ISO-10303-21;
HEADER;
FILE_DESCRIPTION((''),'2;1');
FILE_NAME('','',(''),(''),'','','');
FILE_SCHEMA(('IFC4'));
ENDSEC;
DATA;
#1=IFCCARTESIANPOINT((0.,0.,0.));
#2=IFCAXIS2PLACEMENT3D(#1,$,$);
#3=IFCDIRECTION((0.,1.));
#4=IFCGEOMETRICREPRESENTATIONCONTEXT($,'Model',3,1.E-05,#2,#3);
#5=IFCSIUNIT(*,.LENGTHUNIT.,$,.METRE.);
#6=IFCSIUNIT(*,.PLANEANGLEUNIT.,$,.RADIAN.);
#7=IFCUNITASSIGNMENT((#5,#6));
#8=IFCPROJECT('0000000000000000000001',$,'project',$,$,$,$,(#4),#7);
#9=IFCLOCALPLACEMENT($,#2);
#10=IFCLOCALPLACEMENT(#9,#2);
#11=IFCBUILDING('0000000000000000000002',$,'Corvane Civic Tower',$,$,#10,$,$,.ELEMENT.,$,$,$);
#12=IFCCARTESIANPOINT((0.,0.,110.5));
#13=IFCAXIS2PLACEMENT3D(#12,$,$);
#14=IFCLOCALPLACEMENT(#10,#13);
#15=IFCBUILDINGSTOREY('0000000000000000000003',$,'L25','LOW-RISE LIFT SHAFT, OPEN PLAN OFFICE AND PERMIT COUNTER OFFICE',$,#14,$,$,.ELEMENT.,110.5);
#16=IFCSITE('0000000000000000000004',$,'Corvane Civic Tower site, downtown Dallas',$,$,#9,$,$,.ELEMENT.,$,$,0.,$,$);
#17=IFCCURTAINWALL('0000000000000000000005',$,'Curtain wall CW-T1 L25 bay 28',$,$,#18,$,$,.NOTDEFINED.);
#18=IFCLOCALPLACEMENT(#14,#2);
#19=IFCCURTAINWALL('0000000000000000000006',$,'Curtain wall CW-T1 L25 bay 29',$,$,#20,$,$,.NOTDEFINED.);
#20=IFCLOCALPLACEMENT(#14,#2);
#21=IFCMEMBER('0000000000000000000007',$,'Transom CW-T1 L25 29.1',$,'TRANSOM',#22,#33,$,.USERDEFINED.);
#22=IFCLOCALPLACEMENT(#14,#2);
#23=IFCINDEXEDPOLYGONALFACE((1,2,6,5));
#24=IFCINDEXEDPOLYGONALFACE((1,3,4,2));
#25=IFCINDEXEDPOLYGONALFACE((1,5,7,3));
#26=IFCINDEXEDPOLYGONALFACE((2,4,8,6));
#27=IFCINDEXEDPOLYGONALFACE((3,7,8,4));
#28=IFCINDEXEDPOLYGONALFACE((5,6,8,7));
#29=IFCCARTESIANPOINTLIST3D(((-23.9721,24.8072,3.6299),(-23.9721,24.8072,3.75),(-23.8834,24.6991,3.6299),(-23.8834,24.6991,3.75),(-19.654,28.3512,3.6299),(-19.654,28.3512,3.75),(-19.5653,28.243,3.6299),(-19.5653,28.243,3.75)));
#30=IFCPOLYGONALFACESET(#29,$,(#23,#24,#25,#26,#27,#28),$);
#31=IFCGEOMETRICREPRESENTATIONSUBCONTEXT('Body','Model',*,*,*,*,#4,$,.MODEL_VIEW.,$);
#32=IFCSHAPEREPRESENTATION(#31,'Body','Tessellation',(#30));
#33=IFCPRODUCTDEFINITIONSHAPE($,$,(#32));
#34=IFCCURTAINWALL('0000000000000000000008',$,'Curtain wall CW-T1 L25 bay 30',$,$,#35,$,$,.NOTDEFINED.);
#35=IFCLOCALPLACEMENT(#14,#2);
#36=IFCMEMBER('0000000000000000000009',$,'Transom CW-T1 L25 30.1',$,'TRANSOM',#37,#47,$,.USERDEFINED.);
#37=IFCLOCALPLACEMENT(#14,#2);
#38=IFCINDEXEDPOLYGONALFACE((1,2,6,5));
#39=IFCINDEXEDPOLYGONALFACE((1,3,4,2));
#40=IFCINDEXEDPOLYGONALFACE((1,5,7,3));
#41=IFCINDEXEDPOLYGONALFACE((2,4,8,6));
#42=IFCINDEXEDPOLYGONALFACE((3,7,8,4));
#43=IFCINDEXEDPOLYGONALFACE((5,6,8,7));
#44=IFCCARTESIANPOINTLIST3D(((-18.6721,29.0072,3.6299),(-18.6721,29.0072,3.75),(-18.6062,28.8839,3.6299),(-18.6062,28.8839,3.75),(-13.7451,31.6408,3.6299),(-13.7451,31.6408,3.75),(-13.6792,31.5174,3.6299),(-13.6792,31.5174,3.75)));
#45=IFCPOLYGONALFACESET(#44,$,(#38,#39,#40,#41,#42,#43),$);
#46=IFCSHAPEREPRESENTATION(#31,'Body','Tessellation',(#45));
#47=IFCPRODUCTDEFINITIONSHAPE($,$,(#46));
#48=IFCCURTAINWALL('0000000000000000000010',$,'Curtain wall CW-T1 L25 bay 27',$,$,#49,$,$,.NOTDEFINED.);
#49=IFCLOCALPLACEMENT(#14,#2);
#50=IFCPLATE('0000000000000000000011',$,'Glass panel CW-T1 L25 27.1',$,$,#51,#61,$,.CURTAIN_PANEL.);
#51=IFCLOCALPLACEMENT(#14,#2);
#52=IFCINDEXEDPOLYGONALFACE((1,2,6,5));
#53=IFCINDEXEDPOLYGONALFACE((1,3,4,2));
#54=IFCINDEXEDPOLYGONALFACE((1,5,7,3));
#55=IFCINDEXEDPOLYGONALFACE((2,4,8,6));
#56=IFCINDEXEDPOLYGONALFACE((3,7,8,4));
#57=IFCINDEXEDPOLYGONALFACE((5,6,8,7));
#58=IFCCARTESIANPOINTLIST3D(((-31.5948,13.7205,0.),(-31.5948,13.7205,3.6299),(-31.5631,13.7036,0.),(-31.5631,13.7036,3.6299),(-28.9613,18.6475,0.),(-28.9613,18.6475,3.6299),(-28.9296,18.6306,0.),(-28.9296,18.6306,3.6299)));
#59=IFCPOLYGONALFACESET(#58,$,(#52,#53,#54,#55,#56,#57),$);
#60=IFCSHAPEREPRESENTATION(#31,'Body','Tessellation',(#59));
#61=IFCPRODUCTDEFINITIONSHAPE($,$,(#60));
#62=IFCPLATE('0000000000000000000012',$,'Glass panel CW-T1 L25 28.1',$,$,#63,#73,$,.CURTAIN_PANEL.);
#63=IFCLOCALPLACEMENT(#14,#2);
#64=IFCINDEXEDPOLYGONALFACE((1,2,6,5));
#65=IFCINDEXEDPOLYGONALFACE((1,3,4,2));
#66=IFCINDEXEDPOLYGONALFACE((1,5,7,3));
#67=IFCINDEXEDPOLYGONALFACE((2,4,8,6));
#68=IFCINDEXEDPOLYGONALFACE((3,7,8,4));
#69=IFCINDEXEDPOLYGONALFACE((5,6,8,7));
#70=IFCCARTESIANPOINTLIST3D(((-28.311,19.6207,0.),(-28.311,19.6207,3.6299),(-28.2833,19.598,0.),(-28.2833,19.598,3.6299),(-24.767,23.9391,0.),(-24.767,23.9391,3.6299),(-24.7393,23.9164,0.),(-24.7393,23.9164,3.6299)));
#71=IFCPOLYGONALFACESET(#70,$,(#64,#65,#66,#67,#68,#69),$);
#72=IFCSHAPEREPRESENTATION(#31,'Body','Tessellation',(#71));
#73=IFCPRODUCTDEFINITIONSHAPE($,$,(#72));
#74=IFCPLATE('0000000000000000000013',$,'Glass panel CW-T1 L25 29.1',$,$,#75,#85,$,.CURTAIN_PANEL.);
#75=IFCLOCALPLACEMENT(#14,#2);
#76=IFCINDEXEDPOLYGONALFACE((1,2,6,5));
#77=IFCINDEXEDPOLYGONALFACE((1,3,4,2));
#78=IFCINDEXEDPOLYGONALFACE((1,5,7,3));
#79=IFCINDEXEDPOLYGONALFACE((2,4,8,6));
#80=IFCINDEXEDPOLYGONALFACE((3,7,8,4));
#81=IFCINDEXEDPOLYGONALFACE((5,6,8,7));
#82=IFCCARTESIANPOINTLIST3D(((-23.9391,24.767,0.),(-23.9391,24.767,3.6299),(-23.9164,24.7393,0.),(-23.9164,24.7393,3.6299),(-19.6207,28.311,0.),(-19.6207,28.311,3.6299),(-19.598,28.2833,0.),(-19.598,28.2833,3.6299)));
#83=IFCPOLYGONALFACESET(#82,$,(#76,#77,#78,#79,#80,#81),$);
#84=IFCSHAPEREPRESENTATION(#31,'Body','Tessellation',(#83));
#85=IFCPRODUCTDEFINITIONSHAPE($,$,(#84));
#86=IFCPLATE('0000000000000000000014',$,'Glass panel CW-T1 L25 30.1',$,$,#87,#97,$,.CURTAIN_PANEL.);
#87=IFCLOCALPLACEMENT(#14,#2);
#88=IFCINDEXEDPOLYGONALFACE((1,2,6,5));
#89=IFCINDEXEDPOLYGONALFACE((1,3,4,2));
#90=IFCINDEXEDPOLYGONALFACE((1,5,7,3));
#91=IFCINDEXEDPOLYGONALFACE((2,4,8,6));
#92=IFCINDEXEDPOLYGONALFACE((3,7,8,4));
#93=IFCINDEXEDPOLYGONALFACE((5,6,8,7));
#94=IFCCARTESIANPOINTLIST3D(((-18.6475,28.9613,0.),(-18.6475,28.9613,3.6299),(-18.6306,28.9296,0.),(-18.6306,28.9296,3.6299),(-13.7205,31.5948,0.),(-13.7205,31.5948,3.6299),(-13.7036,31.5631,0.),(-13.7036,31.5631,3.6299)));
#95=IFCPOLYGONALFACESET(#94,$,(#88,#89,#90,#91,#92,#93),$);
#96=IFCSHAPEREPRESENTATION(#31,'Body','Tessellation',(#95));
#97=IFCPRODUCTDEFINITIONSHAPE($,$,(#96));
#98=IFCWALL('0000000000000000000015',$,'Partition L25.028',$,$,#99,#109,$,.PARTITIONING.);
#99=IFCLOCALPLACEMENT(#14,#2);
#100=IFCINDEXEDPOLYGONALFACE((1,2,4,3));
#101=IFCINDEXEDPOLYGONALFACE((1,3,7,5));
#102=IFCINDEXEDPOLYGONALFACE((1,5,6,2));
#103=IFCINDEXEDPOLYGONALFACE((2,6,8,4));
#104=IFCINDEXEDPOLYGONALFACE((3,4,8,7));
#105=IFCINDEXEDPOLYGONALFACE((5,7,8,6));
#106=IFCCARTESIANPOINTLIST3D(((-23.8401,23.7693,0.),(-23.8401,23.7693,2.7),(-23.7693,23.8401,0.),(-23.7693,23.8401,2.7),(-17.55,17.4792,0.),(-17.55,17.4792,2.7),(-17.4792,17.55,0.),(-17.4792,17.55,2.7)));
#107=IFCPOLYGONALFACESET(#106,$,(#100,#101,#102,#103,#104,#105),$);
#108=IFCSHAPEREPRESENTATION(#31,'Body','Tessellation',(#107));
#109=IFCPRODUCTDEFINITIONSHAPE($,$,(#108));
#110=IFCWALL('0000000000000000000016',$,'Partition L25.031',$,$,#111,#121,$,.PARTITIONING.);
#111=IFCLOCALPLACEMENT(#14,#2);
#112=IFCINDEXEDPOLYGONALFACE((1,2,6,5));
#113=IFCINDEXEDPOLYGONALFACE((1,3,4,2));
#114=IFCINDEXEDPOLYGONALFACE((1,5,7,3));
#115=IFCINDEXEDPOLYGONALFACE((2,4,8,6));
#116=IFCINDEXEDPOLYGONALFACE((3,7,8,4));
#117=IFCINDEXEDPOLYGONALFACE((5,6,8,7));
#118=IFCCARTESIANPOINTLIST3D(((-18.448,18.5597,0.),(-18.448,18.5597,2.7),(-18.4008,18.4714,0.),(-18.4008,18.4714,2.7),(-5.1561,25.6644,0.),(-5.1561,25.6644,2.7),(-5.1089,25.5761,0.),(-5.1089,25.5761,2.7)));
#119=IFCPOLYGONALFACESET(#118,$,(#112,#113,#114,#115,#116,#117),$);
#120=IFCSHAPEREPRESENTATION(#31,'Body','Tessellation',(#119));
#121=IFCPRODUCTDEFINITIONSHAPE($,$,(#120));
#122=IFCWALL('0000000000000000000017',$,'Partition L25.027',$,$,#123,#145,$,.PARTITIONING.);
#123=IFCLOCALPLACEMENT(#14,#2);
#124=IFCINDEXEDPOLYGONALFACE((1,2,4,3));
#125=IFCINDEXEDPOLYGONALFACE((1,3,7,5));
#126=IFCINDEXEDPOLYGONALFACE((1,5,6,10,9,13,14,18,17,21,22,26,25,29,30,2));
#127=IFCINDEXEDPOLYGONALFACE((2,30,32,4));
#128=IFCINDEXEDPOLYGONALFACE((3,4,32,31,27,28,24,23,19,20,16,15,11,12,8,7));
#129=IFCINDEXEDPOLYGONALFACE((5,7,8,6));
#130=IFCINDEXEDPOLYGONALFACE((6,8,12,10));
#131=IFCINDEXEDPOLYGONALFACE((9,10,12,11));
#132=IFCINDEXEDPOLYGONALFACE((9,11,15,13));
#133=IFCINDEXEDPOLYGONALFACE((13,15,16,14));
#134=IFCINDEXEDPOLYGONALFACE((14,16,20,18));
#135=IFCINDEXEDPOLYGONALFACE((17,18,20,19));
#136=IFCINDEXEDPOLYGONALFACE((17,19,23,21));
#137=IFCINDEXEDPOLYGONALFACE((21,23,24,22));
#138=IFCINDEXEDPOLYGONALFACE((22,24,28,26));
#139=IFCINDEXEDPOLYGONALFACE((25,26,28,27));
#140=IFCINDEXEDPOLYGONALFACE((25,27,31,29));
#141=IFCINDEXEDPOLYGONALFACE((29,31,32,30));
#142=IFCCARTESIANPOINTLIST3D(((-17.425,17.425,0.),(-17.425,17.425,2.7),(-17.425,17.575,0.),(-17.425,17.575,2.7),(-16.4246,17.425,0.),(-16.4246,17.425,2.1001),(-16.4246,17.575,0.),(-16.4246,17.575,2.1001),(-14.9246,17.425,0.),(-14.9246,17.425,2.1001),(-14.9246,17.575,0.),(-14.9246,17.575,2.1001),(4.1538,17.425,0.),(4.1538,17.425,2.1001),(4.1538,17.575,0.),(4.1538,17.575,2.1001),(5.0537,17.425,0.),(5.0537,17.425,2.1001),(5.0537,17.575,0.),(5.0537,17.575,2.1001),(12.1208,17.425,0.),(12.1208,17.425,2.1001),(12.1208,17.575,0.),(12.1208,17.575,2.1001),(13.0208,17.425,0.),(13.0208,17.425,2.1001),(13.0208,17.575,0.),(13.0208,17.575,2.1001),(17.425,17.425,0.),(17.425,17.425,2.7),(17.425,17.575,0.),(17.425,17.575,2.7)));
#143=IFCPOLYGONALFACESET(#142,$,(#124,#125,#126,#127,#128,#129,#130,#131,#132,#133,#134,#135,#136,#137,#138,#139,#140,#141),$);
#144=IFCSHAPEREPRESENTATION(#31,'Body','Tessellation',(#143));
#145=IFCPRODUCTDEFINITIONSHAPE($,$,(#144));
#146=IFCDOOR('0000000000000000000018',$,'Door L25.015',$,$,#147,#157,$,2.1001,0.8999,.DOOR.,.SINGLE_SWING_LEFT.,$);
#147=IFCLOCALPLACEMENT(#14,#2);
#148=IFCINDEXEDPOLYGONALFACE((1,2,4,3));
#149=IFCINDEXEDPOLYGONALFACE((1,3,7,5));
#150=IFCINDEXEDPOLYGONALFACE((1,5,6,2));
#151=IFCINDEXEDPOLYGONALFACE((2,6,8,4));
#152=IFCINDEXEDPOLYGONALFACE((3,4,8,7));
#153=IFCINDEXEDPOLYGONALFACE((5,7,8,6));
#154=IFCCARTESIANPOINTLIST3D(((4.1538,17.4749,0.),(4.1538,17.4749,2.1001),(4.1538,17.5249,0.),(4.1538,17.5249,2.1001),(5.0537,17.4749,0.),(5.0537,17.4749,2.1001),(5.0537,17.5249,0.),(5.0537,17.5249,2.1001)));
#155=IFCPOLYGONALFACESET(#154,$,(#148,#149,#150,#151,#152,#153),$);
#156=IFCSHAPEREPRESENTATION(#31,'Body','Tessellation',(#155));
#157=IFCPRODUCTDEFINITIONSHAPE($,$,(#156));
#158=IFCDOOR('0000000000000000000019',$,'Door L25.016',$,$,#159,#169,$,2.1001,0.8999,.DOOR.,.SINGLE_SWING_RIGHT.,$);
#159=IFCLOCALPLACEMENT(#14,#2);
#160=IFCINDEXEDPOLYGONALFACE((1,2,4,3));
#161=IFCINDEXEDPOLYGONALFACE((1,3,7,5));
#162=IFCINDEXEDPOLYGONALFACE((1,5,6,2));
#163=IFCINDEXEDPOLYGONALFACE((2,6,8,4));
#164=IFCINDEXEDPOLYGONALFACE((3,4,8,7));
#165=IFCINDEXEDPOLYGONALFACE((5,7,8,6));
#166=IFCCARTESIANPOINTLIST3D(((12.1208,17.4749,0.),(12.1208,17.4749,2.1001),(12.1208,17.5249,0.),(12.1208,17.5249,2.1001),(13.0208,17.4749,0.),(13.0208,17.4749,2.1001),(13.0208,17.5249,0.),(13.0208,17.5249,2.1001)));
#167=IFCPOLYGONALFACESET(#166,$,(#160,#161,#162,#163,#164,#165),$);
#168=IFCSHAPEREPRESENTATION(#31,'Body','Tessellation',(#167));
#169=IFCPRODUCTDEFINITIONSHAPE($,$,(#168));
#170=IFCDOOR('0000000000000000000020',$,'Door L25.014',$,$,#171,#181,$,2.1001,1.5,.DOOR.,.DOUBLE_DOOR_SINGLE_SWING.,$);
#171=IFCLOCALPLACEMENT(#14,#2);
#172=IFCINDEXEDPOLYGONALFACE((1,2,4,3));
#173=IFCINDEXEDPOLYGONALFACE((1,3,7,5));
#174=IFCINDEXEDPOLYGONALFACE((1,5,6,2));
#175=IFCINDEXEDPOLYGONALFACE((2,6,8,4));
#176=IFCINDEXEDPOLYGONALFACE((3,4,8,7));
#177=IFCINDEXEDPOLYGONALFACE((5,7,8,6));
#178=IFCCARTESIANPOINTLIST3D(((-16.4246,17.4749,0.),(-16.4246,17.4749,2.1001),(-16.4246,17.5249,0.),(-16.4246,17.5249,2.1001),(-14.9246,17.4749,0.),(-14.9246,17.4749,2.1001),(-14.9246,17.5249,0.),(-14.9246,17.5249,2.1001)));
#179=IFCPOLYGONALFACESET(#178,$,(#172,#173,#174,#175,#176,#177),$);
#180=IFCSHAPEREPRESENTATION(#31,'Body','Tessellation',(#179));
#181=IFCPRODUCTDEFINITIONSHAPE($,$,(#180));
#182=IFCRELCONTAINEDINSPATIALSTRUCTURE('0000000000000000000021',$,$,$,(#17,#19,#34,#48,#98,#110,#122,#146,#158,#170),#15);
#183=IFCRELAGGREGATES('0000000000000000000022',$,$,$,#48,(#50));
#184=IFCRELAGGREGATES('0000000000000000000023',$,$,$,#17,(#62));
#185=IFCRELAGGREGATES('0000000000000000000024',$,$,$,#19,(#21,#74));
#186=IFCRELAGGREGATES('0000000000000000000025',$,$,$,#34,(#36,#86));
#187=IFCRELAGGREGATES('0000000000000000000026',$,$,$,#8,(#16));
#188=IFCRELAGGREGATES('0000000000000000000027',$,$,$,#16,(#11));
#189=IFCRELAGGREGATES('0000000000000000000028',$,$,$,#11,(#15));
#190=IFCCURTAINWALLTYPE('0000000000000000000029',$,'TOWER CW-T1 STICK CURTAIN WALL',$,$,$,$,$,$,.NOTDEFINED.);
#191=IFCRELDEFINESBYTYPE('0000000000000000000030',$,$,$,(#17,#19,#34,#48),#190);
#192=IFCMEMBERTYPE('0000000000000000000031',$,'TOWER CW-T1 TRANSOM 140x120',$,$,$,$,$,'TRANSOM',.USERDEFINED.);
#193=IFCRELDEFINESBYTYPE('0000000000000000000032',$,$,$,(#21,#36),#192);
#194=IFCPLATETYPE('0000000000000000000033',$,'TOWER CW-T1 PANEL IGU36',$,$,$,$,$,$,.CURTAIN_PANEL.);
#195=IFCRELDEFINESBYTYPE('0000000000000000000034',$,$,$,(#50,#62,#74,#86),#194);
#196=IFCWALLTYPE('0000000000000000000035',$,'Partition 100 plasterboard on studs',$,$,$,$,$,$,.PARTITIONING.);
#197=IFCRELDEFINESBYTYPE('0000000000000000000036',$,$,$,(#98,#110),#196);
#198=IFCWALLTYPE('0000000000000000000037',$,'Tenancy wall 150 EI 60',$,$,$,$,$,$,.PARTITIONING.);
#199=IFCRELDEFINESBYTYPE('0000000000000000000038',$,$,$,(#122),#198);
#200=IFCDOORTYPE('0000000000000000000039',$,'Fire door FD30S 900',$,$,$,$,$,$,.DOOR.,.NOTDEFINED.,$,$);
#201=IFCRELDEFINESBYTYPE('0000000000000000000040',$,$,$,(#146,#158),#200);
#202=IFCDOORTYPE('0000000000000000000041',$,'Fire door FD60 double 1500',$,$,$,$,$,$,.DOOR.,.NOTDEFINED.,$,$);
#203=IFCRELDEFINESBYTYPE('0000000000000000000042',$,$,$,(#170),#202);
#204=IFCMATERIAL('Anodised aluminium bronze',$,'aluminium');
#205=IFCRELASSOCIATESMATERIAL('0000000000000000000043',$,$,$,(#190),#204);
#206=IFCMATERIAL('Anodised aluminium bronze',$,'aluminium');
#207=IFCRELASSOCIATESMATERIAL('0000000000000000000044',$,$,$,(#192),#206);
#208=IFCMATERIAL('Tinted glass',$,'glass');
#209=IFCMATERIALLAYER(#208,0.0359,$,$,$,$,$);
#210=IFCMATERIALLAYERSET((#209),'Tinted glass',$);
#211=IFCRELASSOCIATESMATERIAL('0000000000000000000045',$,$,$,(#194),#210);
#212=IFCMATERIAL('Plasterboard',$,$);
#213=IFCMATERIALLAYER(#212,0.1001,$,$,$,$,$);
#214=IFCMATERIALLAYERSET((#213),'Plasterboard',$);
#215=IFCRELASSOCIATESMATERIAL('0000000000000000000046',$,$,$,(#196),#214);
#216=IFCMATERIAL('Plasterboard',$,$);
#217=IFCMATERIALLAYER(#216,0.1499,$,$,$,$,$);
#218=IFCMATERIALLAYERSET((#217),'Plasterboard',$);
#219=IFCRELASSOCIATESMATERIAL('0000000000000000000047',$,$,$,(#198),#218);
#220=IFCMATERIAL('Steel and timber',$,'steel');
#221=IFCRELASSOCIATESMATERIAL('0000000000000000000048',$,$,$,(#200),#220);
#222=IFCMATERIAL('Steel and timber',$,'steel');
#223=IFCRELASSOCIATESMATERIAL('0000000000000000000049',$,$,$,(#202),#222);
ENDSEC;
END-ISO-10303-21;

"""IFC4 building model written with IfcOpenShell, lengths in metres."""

from ifc_helpers import new_model, si_unit, direction, frame, frame_2d, origin, origin_2d, place, context, subcontext, project, spatial, rectangle, extrude, material, layer, layer_set, material_profile, profile_set, type_object, element, fill, aggregate, save


model = new_model("IFC4")

# Units and contexts
model_context = context("Model", 3, precision=1e-05, world=origin(), true_north=direction((0.0, 1.0)))
body_context = subcontext(model_context, "Body", "Model", "MODEL_VIEW")
ifc_project = project(units=[si_unit("LENGTHUNIT", "METRE"), si_unit("PLANEANGLEUNIT", "RADIAN")], contexts=[model_context])

# Site, building, storey
site_placement = place(None, origin())
site = spatial("IfcSite", under=ifc_project, at=site_placement, Name="Corvane Civic Tower site, downtown Dallas", CompositionType="ELEMENT", RefElevation=0.0)
building_placement = place(site_placement, origin())
building = spatial("IfcBuilding", under=site, at=building_placement, Name="Corvane Civic Tower", CompositionType="ELEMENT")
storey_placement = place(building_placement, frame((0.0, 0.0, 110.5)))
storey = spatial("IfcBuildingStorey", under=building, at=storey_placement, Name="L25", Description="LOW-RISE LIFT SHAFT, OPEN PLAN OFFICE AND PERMIT COUNTER OFFICE", CompositionType="ELEMENT", Elevation=110.5)

# Curtain walls, members
ifc_material_1 = material(Name="Anodised aluminium bronze", Category="aluminium")
curtain_wall_type = type_object("IfcCurtainWallType", Name="TOWER CW-T1 STICK CURTAIN WALL", PredefinedType="NOTDEFINED", material=ifc_material_1)
curtain_wall_1_placement = place(storey_placement, origin())
curtain_wall_1 = element("IfcCurtainWall", 1, at=curtain_wall_1_placement, inside=storey, type_object=curtain_wall_type, Name="Curtain wall CW-T1 L25 bay 28", PredefinedType="NOTDEFINED")
ifc_material_2 = material(Name="Anodised aluminium bronze", Category="aluminium")
ifc_material_profile_1 = material_profile(ifc_material_2, rectangle(XDim=0.1399, YDim=0.1201, at=origin_2d()), Name="TOWER CW-T1 TRANSOM 140x120")
ifc_profile_set_1 = profile_set([ifc_material_profile_1], Name="Anodised aluminium bronze")
member_type = type_object("IfcMemberType", Name="TOWER CW-T1 TRANSOM 140x120", ElementType="TRANSOM", PredefinedType="USERDEFINED", material=ifc_profile_set_1)
curtain_wall_2_placement = place(storey_placement, origin())
curtain_wall_2 = element("IfcCurtainWall", 2, at=curtain_wall_2_placement, inside=storey, type_object=curtain_wall_type, Name="Curtain wall CW-T1 L25 bay 29", PredefinedType="NOTDEFINED")
member_1_placement = place(storey_placement, frame((-23.9277, 24.7532, 3.6899), z_axis=(0.772996, 0.63441, 0.0), x_axis=(-0.63441, 0.772996, 0.0)))
member_1 = element("IfcMember", 3, at=member_1_placement, type_object=member_type, Name="Transom CW-T1 L25 29.1", ObjectType="TRANSOM", PredefinedType="USERDEFINED", context=body_context, shape_type="SweptSolid", body=[
    extrude(rectangle(XDim=0.1399, YDim=0.1201, at=origin_2d()), origin(), (0.0, 0.0, 1.0), 5.5862),
])
curtain_wall_3_placement = place(storey_placement, origin())
curtain_wall_3 = element("IfcCurtainWall", 4, at=curtain_wall_3_placement, inside=storey, type_object=curtain_wall_type, Name="Curtain wall CW-T1 L25 bay 30", PredefinedType="NOTDEFINED")
member_2_placement = place(storey_placement, frame((-18.6392, 28.9456, 3.6899), z_axis=(0.881921, 0.471398, 0.0), x_axis=(-0.471398, 0.881921, 0.0)))
member_2 = element("IfcMember", 5, at=member_2_placement, type_object=member_type, Name="Transom CW-T1 L25 30.1", ObjectType="TRANSOM", PredefinedType="USERDEFINED", context=body_context, shape_type="SweptSolid", body=[
    extrude(rectangle(XDim=0.1399, YDim=0.1201, at=origin_2d()), origin(), (0.0, 0.0, 1.0), 5.5867),
])

# Curtain wall, plate
curtain_wall_4_placement = place(storey_placement, origin())
curtain_wall_4 = element("IfcCurtainWall", 6, at=curtain_wall_4_placement, inside=storey, type_object=curtain_wall_type, Name="Curtain wall CW-T1 L25 bay 27", PredefinedType="NOTDEFINED")
ifc_material_3 = material(Name="Tinted glass", Category="glass")
ifc_layer_1 = layer(ifc_material_3, 0.0359)
ifc_layer_set_1 = layer_set([ifc_layer_1], Name="Tinted glass")
plate_type = type_object("IfcPlateType", Name="TOWER CW-T1 PANEL IGU36", PredefinedType="CURTAIN_PANEL", material=ifc_layer_set_1)
plate_1_placement = place(storey_placement, frame((-30.2622, 16.1755, 0.0), z_axis=(0.0, 0.0, 1.0), x_axis=(0.471392, 0.881924, 0.0)))
plate_1 = element("IfcPlate", 7, at=plate_1_placement, type_object=plate_type, Name="Glass panel CW-T1 L25 27.1", PredefinedType="CURTAIN_PANEL", context=body_context, shape_type="SweptSolid", body=[
    extrude(rectangle(XDim=5.5867, YDim=0.0359, at=origin_2d()), origin(), (0.0, 0.0, 1.0), 3.6299),
])
aggregate(curtain_wall_4, [plate_1])

# Plates
plate_2_placement = place(storey_placement, frame((-26.5251, 21.7686, 0.0), z_axis=(0.0, 0.0, 1.0), x_axis=(0.63439, 0.773013, 0.0)))
plate_2 = element("IfcPlate", 8, at=plate_2_placement, type_object=plate_type, Name="Glass panel CW-T1 L25 28.1", PredefinedType="CURTAIN_PANEL", context=body_context, shape_type="SweptSolid", body=[
    extrude(rectangle(XDim=5.5864, YDim=0.0359, at=origin_2d()), origin(), (0.0, 0.0, 1.0), 3.6299),
])
aggregate(curtain_wall_1, [plate_2])
plate_3_placement = place(storey_placement, frame((-21.7686, 26.5251, 0.0), z_axis=(0.0, 0.0, 1.0), x_axis=(0.773013, 0.63439, 0.0)))
plate_3 = element("IfcPlate", 9, at=plate_3_placement, type_object=plate_type, Name="Glass panel CW-T1 L25 29.1", PredefinedType="CURTAIN_PANEL", context=body_context, shape_type="SweptSolid", body=[
    extrude(rectangle(XDim=5.5864, YDim=0.0359, at=origin_2d()), origin(), (0.0, 0.0, 1.0), 3.6299),
])
aggregate(curtain_wall_2, [member_1, plate_3])
plate_4_placement = place(storey_placement, frame((-16.1755, 30.2622, 0.0), z_axis=(0.0, 0.0, 1.0), x_axis=(0.881924, 0.471392, 0.0)))
plate_4 = element("IfcPlate", 10, at=plate_4_placement, type_object=plate_type, Name="Glass panel CW-T1 L25 30.1", PredefinedType="CURTAIN_PANEL", context=body_context, shape_type="SweptSolid", body=[
    extrude(rectangle(XDim=5.5867, YDim=0.0359, at=origin_2d()), origin(), (0.0, 0.0, 1.0), 3.6299),
])
aggregate(curtain_wall_3, [member_2, plate_4])

# Walls
ifc_material_4 = material(Name="Plasterboard")
ifc_layer_2 = layer(ifc_material_4, 0.1001)
ifc_layer_set_2 = layer_set([ifc_layer_2], Name="Plasterboard")
wall_type_1 = type_object("IfcWallType", Name="Partition 100 plasterboard on studs", PredefinedType="PARTITIONING", material=ifc_layer_set_2)
wall_1_placement = place(storey_placement, frame((-23.8047, 23.8047, 0.0), z_axis=(0.0, 0.0, 1.0), x_axis=(0.707107, -0.707107, 0.0)))
element("IfcWall", 11, at=wall_1_placement, inside=storey, type_object=wall_type_1, Name="Partition L25.028", PredefinedType="PARTITIONING", context=body_context, shape_type="SweptSolid", body=[
    extrude(rectangle(XDim=8.8955, YDim=0.1001, at=frame_2d((4.4478, 0.0))), origin(), (0.0, 0.0, 1.0), 2.7),
])
wall_2_placement = place(storey_placement, frame((-18.4243, 18.5156, 0.0), z_axis=(0.0, 0.0, 1.0), x_axis=(0.881921, 0.471398, 0.0)))
element("IfcWall", 12, at=wall_2_placement, inside=storey, type_object=wall_type_1, Name="Partition L25.031", PredefinedType="PARTITIONING", context=body_context, shape_type="SweptSolid", body=[
    extrude(rectangle(XDim=15.0715, YDim=0.1001, at=frame_2d((7.5356, 0.0))), origin(), (0.0, 0.0, 1.0), 2.7),
])

# Wall, openings, doors
ifc_material_5 = material(Name="Plasterboard")
ifc_layer_3 = layer(ifc_material_5, 0.1499)
ifc_layer_set_3 = layer_set([ifc_layer_3], Name="Plasterboard")
wall_type_2 = type_object("IfcWallType", Name="Tenancy wall 150 EI 60", PredefinedType="PARTITIONING", material=ifc_layer_set_3)
wall_3_placement = place(storey_placement, frame((-17.425, 17.5, 0.0), z_axis=(0.0, 0.0, 1.0), x_axis=(1.0, 0.0, 0.0)))
wall_3 = element("IfcWall", 13, at=wall_3_placement, inside=storey, type_object=wall_type_2, Name="Partition L25.027", PredefinedType="PARTITIONING", context=body_context, shape_type="SweptSolid", body=[
    extrude(rectangle(XDim=34.8501, YDim=0.1499, at=frame_2d((17.425, 0.0))), origin(), (0.0, 0.0, 1.0), 2.7),
])
opening_1_placement = place(wall_3_placement, frame((1.0005, 0.0, 0.0)))
opening_1 = element("IfcOpeningElement", 14, at=opening_1_placement, cuts=wall_3, PredefinedType="OPENING", context=body_context, shape_type="SweptSolid", body=[
    extrude(rectangle(XDim=1.5, YDim=2.1001, at=frame_2d((0.75, 1.05))), frame((0.0, 0.085, 0.0), z_axis=(0.0, -1.0, 0.0), x_axis=(1.0, 0.0, 0.0)), (0.0, 0.0, 1.0), 0.1699),
])
opening_2_placement = place(wall_3_placement, frame((21.5789, 0.0, 0.0)))
opening_2 = element("IfcOpeningElement", 15, at=opening_2_placement, cuts=wall_3, PredefinedType="OPENING", context=body_context, shape_type="SweptSolid", body=[
    extrude(rectangle(XDim=0.8999, YDim=2.1001, at=frame_2d((0.45, 1.05))), frame((0.0, 0.085, 0.0), z_axis=(0.0, -1.0, 0.0), x_axis=(1.0, 0.0, 0.0)), (0.0, 0.0, 1.0), 0.1699),
])
opening_3_placement = place(wall_3_placement, frame((29.5459, 0.0, 0.0)))
opening_3 = element("IfcOpeningElement", 16, at=opening_3_placement, cuts=wall_3, PredefinedType="OPENING", context=body_context, shape_type="SweptSolid", body=[
    extrude(rectangle(XDim=0.8999, YDim=2.1001, at=frame_2d((0.45, 1.05))), frame((0.0, 0.085, 0.0), z_axis=(0.0, -1.0, 0.0), x_axis=(1.0, 0.0, 0.0)), (0.0, 0.0, 1.0), 0.1699),
])
ifc_material_6 = material(Name="Steel and timber", Category="steel")
door_type_1 = type_object("IfcDoorType", Name="Fire door FD30S 900", OperationType="NOTDEFINED", PredefinedType="DOOR", material=ifc_material_6)
door_1_placement = place(opening_2_placement, origin())
door_1 = element("IfcDoor", 17, at=door_1_placement, inside=storey, type_object=door_type_1, Name="Door L25.015", OperationType="SINGLE_SWING_LEFT", OverallHeight=2.1001, OverallWidth=0.8999, PredefinedType="DOOR", context=body_context, shape_type="SweptSolid", body=[
    extrude(rectangle(XDim=0.8999, YDim=2.1001, at=frame_2d((0.45, 1.05))), frame((0.0, 0.0249, 0.0), z_axis=(0.0, -1.0, 0.0), x_axis=(1.0, 0.0, 0.0)), (0.0, 0.0, 1.0), 0.05),
])
fill(opening_2, door_1)
door_2_placement = place(opening_3_placement, origin())
door_2 = element("IfcDoor", 18, at=door_2_placement, inside=storey, type_object=door_type_1, Name="Door L25.016", OperationType="SINGLE_SWING_RIGHT", OverallHeight=2.1001, OverallWidth=0.8999, PredefinedType="DOOR", context=body_context, shape_type="SweptSolid", body=[
    extrude(rectangle(XDim=0.8999, YDim=2.1001, at=frame_2d((0.45, 1.05))), frame((0.0, 0.0249, 0.0), z_axis=(0.0, -1.0, 0.0), x_axis=(1.0, 0.0, 0.0)), (0.0, 0.0, 1.0), 0.05),
])
fill(opening_3, door_2)
ifc_material_7 = material(Name="Steel and timber", Category="steel")
door_type_2 = type_object("IfcDoorType", Name="Fire door FD60 double 1500", OperationType="NOTDEFINED", PredefinedType="DOOR", material=ifc_material_7)
door_3_placement = place(opening_1_placement, origin())
door_3 = element("IfcDoor", 19, at=door_3_placement, inside=storey, type_object=door_type_2, Name="Door L25.014", OperationType="DOUBLE_DOOR_SINGLE_SWING", OverallHeight=2.1001, OverallWidth=1.5, PredefinedType="DOOR", context=body_context, shape_type="SweptSolid", body=[
    extrude(rectangle(XDim=1.5, YDim=2.1001, at=frame_2d((0.75, 1.05))), frame((0.0, 0.0249, 0.0), z_axis=(0.0, -1.0, 0.0), x_axis=(1.0, 0.0, 0.0)), (0.0, 0.0, 1.0), 0.05),
])
fill(opening_1, door_3)

save(model, "model.ifc")
